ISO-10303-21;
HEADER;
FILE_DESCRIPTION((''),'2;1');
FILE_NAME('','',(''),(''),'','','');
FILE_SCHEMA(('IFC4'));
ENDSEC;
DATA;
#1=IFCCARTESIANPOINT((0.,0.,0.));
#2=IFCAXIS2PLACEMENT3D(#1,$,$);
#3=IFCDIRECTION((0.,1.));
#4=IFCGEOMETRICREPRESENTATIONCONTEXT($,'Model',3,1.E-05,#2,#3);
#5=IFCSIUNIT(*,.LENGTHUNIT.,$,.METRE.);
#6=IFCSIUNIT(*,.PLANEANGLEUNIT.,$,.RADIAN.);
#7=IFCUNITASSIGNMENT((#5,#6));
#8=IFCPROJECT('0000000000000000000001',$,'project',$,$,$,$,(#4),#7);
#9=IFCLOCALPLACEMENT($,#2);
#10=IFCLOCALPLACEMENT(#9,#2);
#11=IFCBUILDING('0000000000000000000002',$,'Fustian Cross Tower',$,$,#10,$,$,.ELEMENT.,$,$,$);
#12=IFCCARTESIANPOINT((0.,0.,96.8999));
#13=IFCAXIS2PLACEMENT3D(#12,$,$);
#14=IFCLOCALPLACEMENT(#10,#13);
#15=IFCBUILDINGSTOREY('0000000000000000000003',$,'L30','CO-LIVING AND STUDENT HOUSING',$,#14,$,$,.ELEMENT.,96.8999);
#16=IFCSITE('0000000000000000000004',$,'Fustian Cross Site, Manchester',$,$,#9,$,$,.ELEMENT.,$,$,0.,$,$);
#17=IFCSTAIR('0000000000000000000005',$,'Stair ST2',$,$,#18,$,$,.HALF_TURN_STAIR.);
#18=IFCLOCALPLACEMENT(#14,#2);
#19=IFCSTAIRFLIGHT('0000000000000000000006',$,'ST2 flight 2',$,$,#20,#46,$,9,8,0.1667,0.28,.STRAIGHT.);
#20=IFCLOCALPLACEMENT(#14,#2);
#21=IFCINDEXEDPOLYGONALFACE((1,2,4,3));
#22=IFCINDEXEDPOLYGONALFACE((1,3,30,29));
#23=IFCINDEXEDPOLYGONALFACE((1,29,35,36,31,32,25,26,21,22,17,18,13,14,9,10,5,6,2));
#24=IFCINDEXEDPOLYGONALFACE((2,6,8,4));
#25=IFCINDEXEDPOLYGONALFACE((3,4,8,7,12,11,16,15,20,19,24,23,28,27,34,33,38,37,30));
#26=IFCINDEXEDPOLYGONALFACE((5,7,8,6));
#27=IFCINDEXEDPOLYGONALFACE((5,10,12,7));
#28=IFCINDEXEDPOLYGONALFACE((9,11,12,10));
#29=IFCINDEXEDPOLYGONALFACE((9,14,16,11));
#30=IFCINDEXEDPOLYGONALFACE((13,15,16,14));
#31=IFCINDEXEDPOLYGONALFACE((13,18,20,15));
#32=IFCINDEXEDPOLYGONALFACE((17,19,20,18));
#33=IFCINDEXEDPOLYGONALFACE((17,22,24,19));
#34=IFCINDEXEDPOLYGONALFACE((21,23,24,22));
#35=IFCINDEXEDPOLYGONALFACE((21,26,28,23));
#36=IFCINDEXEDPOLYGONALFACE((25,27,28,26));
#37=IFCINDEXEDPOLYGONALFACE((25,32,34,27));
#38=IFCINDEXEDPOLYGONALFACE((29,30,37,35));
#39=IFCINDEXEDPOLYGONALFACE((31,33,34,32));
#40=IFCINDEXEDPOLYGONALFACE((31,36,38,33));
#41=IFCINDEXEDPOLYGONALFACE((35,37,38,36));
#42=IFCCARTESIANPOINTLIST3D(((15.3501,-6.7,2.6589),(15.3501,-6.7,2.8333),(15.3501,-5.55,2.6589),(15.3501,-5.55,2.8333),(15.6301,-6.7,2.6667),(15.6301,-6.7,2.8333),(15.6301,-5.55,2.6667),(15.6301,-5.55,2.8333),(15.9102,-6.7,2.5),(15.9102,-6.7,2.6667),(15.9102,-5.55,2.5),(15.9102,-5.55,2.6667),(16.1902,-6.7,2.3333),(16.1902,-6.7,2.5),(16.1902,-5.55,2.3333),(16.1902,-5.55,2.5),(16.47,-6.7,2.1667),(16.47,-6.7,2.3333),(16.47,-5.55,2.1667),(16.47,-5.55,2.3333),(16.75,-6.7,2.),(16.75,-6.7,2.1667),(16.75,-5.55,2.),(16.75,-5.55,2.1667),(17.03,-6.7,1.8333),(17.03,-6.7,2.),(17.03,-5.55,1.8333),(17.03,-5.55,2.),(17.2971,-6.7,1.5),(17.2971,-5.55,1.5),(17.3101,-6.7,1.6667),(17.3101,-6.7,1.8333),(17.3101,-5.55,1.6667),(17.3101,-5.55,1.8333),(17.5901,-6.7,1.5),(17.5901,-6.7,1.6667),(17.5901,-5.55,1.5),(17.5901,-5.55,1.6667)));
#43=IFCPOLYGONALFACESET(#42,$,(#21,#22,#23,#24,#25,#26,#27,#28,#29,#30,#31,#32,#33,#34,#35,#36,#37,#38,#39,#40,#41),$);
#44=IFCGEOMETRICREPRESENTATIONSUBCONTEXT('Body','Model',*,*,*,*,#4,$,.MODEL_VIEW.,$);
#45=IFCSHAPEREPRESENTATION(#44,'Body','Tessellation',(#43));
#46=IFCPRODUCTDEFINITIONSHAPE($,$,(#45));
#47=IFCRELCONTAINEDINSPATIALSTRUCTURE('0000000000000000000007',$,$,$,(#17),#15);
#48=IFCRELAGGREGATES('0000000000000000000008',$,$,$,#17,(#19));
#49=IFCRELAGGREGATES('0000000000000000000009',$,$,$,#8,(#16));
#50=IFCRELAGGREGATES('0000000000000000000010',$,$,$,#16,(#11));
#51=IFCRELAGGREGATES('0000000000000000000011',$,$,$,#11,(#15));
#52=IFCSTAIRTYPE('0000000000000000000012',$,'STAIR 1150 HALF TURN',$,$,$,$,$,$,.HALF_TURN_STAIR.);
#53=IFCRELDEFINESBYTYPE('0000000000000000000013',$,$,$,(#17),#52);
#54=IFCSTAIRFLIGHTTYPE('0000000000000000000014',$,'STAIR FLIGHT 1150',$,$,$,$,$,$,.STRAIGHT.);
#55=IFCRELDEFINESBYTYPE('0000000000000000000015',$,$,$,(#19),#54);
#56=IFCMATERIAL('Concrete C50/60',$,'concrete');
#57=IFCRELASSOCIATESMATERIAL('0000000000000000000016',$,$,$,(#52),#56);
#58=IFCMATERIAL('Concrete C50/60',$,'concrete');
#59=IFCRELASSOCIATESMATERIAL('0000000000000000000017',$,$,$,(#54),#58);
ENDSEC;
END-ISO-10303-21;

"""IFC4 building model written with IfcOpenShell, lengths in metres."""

from ifc_helpers import new_model, si_unit, direction, frame, origin, place, context, subcontext, project, spatial, polyline, outline, extrude, material, type_object, element, aggregate, save


model = new_model("IFC4")

# Units and contexts
model_context = context("Model", 3, precision=1e-05, world=origin(), true_north=direction((0.0, 1.0)))
body_context = subcontext(model_context, "Body", "Model", "MODEL_VIEW")
ifc_project = project(units=[si_unit("LENGTHUNIT", "METRE"), si_unit("PLANEANGLEUNIT", "RADIAN")], contexts=[model_context])

# Site, building, storey
site_placement = place(None, origin())
site = spatial("IfcSite", under=ifc_project, at=site_placement, Name="Fustian Cross Site, Manchester", CompositionType="ELEMENT", RefElevation=0.0)
building_placement = place(site_placement, origin())
building = spatial("IfcBuilding", under=site, at=building_placement, Name="Fustian Cross Tower", CompositionType="ELEMENT")
storey_placement = place(building_placement, frame((0.0, 0.0, 96.8999)))
storey = spatial("IfcBuildingStorey", under=building, at=storey_placement, Name="L30", Description="CO-LIVING AND STUDENT HOUSING", CompositionType="ELEMENT", Elevation=96.8999)

# Stair, stair flight
ifc_material_1 = material(Name="Concrete C50/60", Category="concrete")
stair_type = type_object("IfcStairType", Name="STAIR 1150 HALF TURN", PredefinedType="HALF_TURN_STAIR", material=ifc_material_1)
stair_placement = place(storey_placement, origin())
stair = element("IfcStair", 1, at=stair_placement, inside=storey, type_object=stair_type, Name="Stair ST2", PredefinedType="HALF_TURN_STAIR")
ifc_material_2 = material(Name="Concrete C50/60", Category="concrete")
stair_flight_type = type_object("IfcStairFlightType", Name="STAIR FLIGHT 1150", PredefinedType="STRAIGHT", material=ifc_material_2)
stair_flight_placement = place(storey_placement, frame((17.5901, -6.125, 1.5), z_axis=(0.0, 0.0, 1.0), x_axis=(-1.0, 0.0, 0.0)))
stair_flight = element("IfcStairFlight", 2, at=stair_flight_placement, type_object=stair_flight_type, Name="ST2 flight 2", NumberOfRisers=9, NumberOfTreads=8, PredefinedType="STRAIGHT", RiserHeight=0.1667, TreadLength=0.28, context=body_context, shape_type="SweptSolid", body=[
    extrude(outline(polyline([(0.0, 0.0), (0.0, 0.1667), (0.28, 0.1667), (0.28, 0.3333), (0.5601, 0.3333), (0.5601, 0.5), (0.8401, 0.5), (0.8401, 0.6667), (1.1201, 0.6667), (1.1201, 0.8333), (1.3999, 0.8333), (1.3999, 1.0), (1.6799, 1.0), (1.6799, 1.1667), (1.96, 1.1667), (1.96, 1.3333), (2.24, 1.3333), (2.24, 1.5), (2.24, 1.1589), (0.293, 0.0), (0.0, 0.0)])), frame((0.0, 0.575, 0.0), z_axis=(0.0, -1.0, 0.0), x_axis=(1.0, 0.0, 0.0)), (0.0, 0.0, 1.0), 1.1499),
])
aggregate(stair, [stair_flight])

save(model, "model.ifc")
